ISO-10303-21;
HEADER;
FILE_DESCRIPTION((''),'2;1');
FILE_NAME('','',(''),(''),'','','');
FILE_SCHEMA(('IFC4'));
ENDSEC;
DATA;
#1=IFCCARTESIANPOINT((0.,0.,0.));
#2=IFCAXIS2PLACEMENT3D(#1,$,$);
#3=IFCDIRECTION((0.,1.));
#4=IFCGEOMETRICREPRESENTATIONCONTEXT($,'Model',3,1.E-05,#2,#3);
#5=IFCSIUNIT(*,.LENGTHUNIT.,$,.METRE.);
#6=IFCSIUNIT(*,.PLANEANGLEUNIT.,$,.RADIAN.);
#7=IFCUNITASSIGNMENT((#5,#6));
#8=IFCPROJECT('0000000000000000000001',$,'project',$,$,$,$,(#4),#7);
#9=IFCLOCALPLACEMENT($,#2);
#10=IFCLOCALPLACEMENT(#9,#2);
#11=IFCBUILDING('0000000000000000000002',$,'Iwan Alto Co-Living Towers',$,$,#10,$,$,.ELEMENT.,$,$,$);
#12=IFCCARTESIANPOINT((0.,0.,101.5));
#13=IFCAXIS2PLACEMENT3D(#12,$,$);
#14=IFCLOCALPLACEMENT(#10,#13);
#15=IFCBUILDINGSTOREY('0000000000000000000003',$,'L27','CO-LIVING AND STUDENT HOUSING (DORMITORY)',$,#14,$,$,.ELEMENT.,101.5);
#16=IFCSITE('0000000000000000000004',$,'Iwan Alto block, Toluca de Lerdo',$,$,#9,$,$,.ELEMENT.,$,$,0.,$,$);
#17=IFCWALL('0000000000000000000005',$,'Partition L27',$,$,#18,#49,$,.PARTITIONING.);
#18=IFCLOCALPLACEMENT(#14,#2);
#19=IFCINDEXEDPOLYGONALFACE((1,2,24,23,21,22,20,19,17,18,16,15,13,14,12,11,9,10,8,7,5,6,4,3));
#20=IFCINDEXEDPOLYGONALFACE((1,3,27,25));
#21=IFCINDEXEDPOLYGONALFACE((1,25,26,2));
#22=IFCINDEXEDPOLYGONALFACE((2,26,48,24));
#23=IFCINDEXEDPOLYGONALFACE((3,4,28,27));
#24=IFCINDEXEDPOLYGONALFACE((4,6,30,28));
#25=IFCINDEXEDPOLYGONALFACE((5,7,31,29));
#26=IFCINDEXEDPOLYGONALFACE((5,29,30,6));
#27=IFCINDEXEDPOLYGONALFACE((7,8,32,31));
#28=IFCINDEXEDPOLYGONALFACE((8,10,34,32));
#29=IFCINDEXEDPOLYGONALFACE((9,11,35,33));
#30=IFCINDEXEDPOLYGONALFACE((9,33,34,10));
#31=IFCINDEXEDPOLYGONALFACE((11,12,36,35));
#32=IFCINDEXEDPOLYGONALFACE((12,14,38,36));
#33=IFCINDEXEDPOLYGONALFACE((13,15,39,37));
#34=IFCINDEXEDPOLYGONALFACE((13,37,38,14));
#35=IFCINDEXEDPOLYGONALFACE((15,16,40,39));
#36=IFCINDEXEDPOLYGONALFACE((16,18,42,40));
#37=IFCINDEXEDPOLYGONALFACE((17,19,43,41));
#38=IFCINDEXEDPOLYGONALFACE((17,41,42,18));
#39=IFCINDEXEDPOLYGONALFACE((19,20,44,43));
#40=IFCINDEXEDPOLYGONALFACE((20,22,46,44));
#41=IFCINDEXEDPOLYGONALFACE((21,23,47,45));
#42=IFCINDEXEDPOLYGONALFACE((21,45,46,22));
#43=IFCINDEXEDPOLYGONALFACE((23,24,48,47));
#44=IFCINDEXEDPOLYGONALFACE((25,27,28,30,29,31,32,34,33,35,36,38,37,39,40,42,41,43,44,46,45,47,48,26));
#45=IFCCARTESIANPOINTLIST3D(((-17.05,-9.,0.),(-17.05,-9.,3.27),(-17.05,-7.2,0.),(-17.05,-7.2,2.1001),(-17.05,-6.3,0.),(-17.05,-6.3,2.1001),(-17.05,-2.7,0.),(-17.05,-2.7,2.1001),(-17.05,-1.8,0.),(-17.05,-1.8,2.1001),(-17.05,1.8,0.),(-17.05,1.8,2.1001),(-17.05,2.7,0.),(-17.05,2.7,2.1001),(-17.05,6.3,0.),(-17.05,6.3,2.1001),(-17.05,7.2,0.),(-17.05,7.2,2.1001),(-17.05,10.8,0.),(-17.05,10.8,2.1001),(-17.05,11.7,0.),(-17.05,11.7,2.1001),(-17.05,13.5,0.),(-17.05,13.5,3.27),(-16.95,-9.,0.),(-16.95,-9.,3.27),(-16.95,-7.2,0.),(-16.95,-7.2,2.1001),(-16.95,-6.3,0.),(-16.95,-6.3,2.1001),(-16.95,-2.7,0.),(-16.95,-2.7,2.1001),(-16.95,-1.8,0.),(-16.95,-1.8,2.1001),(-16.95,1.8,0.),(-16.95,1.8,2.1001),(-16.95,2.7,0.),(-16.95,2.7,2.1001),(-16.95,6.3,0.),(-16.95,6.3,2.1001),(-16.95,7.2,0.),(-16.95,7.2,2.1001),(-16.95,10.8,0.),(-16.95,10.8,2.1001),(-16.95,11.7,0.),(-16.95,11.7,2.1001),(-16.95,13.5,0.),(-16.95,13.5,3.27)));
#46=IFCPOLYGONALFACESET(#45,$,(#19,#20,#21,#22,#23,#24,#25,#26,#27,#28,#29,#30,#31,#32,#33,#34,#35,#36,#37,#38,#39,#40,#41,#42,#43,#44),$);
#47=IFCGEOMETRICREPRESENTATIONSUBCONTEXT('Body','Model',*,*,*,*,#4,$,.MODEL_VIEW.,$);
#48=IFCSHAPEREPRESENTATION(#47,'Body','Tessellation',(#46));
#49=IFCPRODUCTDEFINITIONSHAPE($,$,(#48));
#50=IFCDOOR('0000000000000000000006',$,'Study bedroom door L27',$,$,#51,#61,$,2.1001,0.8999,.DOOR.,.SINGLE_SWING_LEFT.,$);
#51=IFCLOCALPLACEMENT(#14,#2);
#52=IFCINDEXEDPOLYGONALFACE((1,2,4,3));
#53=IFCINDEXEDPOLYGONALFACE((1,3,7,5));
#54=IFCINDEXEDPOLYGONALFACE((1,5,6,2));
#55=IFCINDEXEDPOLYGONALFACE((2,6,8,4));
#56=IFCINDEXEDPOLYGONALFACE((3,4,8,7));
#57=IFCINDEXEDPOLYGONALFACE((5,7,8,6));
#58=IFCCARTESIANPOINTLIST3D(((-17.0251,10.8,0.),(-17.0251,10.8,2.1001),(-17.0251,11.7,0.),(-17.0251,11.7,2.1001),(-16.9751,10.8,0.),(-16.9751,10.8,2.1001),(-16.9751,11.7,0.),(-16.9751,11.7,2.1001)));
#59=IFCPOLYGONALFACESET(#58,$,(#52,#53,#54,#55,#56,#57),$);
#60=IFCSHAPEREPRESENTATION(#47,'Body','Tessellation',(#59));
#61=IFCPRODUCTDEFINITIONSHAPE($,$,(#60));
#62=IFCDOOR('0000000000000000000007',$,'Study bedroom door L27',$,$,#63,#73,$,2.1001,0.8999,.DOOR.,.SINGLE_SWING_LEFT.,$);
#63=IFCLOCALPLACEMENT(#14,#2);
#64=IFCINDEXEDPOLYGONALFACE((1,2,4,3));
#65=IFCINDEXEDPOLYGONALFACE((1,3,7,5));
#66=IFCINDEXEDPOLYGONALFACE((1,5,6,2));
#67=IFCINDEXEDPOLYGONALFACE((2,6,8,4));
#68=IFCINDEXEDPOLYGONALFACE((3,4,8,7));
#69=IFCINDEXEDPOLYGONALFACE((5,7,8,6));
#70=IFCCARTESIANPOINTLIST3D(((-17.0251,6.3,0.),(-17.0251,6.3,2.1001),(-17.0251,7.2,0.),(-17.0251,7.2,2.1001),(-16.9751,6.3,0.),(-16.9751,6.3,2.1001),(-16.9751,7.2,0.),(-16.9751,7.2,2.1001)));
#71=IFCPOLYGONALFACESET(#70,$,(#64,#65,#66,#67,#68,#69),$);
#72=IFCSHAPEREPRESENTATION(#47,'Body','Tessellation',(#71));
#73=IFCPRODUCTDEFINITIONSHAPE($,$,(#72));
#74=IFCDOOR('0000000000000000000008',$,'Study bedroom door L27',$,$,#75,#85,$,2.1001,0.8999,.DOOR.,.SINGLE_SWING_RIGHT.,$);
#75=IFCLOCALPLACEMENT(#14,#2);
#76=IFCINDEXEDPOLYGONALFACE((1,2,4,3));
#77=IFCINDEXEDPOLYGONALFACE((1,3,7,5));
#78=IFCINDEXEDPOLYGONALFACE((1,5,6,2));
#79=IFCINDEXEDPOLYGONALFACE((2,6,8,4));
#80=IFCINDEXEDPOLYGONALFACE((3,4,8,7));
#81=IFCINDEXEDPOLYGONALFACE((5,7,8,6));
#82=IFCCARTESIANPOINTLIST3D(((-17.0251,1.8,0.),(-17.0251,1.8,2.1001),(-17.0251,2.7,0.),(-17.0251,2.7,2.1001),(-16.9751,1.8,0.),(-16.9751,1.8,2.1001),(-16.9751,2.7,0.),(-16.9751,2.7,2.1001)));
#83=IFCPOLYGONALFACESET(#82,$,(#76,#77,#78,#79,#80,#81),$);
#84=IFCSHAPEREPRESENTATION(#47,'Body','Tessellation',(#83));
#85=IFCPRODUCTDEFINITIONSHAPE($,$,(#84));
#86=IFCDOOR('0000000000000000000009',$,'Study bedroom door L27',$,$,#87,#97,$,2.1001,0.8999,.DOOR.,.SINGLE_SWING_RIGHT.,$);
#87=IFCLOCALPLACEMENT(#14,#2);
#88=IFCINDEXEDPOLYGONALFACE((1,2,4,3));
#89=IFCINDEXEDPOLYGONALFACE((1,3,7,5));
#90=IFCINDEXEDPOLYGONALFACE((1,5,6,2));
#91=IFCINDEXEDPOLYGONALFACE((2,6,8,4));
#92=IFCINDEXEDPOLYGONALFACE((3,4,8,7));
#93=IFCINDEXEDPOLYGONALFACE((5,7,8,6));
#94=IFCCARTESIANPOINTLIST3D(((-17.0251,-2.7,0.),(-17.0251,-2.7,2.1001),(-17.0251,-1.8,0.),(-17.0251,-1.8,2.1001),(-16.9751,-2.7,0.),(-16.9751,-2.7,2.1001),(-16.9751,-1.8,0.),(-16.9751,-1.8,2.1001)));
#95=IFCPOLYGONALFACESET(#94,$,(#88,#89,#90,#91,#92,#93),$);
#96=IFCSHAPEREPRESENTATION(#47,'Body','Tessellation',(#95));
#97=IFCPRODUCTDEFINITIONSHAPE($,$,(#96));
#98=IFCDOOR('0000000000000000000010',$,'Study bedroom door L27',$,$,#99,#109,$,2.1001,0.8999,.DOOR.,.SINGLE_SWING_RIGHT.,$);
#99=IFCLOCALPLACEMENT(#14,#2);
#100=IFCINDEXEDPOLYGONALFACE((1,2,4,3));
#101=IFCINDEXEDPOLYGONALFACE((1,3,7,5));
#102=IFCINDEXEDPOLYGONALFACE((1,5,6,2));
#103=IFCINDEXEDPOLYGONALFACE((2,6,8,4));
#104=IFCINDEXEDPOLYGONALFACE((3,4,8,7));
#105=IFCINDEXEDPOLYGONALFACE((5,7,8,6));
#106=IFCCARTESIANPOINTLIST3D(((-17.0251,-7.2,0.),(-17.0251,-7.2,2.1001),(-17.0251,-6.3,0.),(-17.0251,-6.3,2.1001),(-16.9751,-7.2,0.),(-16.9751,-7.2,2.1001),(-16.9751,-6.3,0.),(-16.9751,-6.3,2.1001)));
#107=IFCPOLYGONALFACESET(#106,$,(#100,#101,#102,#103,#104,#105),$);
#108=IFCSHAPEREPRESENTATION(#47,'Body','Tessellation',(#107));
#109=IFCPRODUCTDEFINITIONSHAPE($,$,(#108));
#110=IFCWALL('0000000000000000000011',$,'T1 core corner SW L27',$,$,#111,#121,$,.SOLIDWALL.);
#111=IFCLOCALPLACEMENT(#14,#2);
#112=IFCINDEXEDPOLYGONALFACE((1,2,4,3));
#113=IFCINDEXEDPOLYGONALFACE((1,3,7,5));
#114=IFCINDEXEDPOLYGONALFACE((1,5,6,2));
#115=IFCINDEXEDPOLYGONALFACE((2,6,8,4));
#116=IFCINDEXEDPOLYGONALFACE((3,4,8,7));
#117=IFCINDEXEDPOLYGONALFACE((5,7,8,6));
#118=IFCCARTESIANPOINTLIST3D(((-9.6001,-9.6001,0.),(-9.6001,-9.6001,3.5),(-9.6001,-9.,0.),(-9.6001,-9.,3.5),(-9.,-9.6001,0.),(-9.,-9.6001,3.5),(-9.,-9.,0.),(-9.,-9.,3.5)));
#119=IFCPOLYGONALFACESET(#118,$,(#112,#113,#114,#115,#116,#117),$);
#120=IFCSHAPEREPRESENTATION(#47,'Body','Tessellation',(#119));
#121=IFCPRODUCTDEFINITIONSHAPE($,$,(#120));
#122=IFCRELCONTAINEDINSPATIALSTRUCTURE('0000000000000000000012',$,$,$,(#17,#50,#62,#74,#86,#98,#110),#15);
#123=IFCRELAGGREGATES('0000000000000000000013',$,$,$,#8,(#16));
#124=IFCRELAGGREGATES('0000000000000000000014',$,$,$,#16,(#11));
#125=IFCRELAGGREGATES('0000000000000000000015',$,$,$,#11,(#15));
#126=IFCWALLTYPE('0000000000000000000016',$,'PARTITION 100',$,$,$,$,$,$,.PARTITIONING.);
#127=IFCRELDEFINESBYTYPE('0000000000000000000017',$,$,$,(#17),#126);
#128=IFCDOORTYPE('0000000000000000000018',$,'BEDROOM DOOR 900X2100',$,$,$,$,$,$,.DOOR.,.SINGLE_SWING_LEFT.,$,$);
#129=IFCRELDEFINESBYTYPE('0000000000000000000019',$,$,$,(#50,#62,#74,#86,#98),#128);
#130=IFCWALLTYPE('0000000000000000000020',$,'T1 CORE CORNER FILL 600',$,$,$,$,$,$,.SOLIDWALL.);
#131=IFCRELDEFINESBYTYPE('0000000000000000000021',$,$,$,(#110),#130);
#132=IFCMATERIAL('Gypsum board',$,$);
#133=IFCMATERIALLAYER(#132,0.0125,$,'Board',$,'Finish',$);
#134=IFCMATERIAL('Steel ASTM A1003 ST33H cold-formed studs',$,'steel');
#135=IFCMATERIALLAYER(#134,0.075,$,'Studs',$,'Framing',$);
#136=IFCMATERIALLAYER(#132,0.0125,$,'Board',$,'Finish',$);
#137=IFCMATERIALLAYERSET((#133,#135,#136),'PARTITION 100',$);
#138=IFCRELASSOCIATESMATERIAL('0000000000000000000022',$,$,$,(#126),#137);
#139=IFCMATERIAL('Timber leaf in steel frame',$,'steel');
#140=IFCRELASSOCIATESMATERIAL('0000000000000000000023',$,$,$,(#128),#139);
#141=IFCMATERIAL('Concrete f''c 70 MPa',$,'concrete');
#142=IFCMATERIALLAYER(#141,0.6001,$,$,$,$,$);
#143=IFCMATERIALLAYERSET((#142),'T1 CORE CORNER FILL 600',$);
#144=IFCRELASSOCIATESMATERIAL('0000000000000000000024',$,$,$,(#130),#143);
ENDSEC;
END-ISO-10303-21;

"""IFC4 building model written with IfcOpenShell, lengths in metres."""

from ifc_helpers import new_model, si_unit, direction, frame, frame_2d, origin, place, context, subcontext, project, spatial, rectangle, extrude, material, layer, layer_set, type_object, element, fill, save


model = new_model("IFC4")

# Units and contexts
model_context = context("Model", 3, precision=1e-05, world=origin(), true_north=direction((0.0, 1.0)))
body_context = subcontext(model_context, "Body", "Model", "MODEL_VIEW")
ifc_project = project(units=[si_unit("LENGTHUNIT", "METRE"), si_unit("PLANEANGLEUNIT", "RADIAN")], contexts=[model_context])

# Site, building, storey
site_placement = place(None, origin())
site = spatial("IfcSite", under=ifc_project, at=site_placement, Name="Iwan Alto block, Toluca de Lerdo", CompositionType="ELEMENT", RefElevation=0.0)
building_placement = place(site_placement, origin())
building = spatial("IfcBuilding", under=site, at=building_placement, Name="Iwan Alto Co-Living Towers", CompositionType="ELEMENT")
storey_placement = place(building_placement, frame((0.0, 0.0, 101.5)))
storey = spatial("IfcBuildingStorey", under=building, at=storey_placement, Name="L27", Description="CO-LIVING AND STUDENT HOUSING (DORMITORY)", CompositionType="ELEMENT", Elevation=101.5)

# Shared definitions
ifc_material_1 = material(Name="Gypsum board")
ifc_material_2 = material(Name="Steel ASTM A1003 ST33H cold-formed studs", Category="steel")

# Wall, openings, doors
ifc_layer_1 = layer(ifc_material_1, 0.0125, Name="Board", Category="Finish")
ifc_layer_2 = layer(ifc_material_2, 0.075, Name="Studs", Category="Framing")
ifc_layer_3 = layer(ifc_material_1, 0.0125, Name="Board", Category="Finish")
ifc_layer_set_1 = layer_set([ifc_layer_1, ifc_layer_2, ifc_layer_3], Name="PARTITION 100")
wall_type_1 = type_object("IfcWallType", Name="PARTITION 100", PredefinedType="PARTITIONING", material=ifc_layer_set_1)
wall_1_placement = place(storey_placement, frame((-17.0, -9.0, 0.0), z_axis=(0.0, 0.0, 1.0), x_axis=(0.0, 1.0, 0.0)))
wall_1 = element("IfcWall", 1, at=wall_1_placement, inside=storey, type_object=wall_type_1, Name="Partition L27", PredefinedType="PARTITIONING", context=body_context, shape_type="SweptSolid", body=[
    extrude(rectangle(XDim=22.5, YDim=0.1001, at=frame_2d((11.25, 0.0))), origin(), (0.0, 0.0, 1.0), 3.27),
])
opening_1_placement = place(wall_1_placement, frame((19.8, 0.0, 0.0)))
opening_1 = element("IfcOpeningElement", 2, at=opening_1_placement, cuts=wall_1, PredefinedType="OPENING", context=body_context, shape_type="SweptSolid", body=[
    extrude(rectangle(XDim=0.8999, YDim=2.1001, at=frame_2d((0.45, 1.05))), frame((0.0, 0.0601, 0.0), z_axis=(0.0, -1.0, 0.0), x_axis=(1.0, 0.0, 0.0)), (0.0, 0.0, 1.0), 0.1201),
])
opening_2_placement = place(wall_1_placement, frame((15.3, 0.0, 0.0)))
opening_2 = element("IfcOpeningElement", 3, at=opening_2_placement, cuts=wall_1, PredefinedType="OPENING", context=body_context, shape_type="SweptSolid", body=[
    extrude(rectangle(XDim=0.8999, YDim=2.1001, at=frame_2d((0.45, 1.05))), frame((0.0, 0.0601, 0.0), z_axis=(0.0, -1.0, 0.0), x_axis=(1.0, 0.0, 0.0)), (0.0, 0.0, 1.0), 0.1201),
])
opening_3_placement = place(wall_1_placement, frame((10.8, 0.0, 0.0)))
opening_3 = element("IfcOpeningElement", 4, at=opening_3_placement, cuts=wall_1, PredefinedType="OPENING", context=body_context, shape_type="SweptSolid", body=[
    extrude(rectangle(XDim=0.8999, YDim=2.1001, at=frame_2d((0.45, 1.05))), frame((0.0, 0.0601, 0.0), z_axis=(0.0, -1.0, 0.0), x_axis=(1.0, 0.0, 0.0)), (0.0, 0.0, 1.0), 0.1201),
])
opening_4_placement = place(wall_1_placement, frame((6.3, 0.0, 0.0)))
opening_4 = element("IfcOpeningElement", 5, at=opening_4_placement, cuts=wall_1, PredefinedType="OPENING", context=body_context, shape_type="SweptSolid", body=[
    extrude(rectangle(XDim=0.8999, YDim=2.1001, at=frame_2d((0.45, 1.05))), frame((0.0, 0.0601, 0.0), z_axis=(0.0, -1.0, 0.0), x_axis=(1.0, 0.0, 0.0)), (0.0, 0.0, 1.0), 0.1201),
])
opening_5_placement = place(wall_1_placement, frame((1.8, 0.0, 0.0)))
opening_5 = element("IfcOpeningElement", 6, at=opening_5_placement, cuts=wall_1, PredefinedType="OPENING", context=body_context, shape_type="SweptSolid", body=[
    extrude(rectangle(XDim=0.8999, YDim=2.1001, at=frame_2d((0.45, 1.05))), frame((0.0, 0.0601, 0.0), z_axis=(0.0, -1.0, 0.0), x_axis=(1.0, 0.0, 0.0)), (0.0, 0.0, 1.0), 0.1201),
])
ifc_material_3 = material(Name="Timber leaf in steel frame", Category="steel")
door_type_1 = type_object("IfcDoorType", Name="BEDROOM DOOR 900X2100", OperationType="SINGLE_SWING_LEFT", PredefinedType="DOOR", material=ifc_material_3)
door_1_placement = place(opening_1_placement, frame((0.8999, 0.0, 0.0), z_axis=(0.0, 0.0, 1.0), x_axis=(-1.0, 0.0, 0.0)))
door_1 = element("IfcDoor", 7, at=door_1_placement, inside=storey, type_object=door_type_1, Name="Study bedroom door L27", OperationType="SINGLE_SWING_LEFT", OverallHeight=2.1001, OverallWidth=0.8999, PredefinedType="DOOR", context=body_context, shape_type="SweptSolid", body=[
    extrude(rectangle(XDim=0.8999, YDim=2.1001, at=frame_2d((0.45, 1.05))), frame((0.0, 0.0249, 0.0), z_axis=(0.0, -1.0, 0.0), x_axis=(1.0, 0.0, 0.0)), (0.0, 0.0, 1.0), 0.05),
])
fill(opening_1, door_1)
door_2_placement = place(opening_2_placement, frame((0.8999, 0.0, 0.0), z_axis=(0.0, 0.0, 1.0), x_axis=(-1.0, 0.0, 0.0)))
door_2 = element("IfcDoor", 8, at=door_2_placement, inside=storey, type_object=door_type_1, Name="Study bedroom door L27", OperationType="SINGLE_SWING_LEFT", OverallHeight=2.1001, OverallWidth=0.8999, PredefinedType="DOOR", context=body_context, shape_type="SweptSolid", body=[
    extrude(rectangle(XDim=0.8999, YDim=2.1001, at=frame_2d((0.45, 1.05))), frame((0.0, 0.0249, 0.0), z_axis=(0.0, -1.0, 0.0), x_axis=(1.0, 0.0, 0.0)), (0.0, 0.0, 1.0), 0.05),
])
fill(opening_2, door_2)
door_3_placement = place(opening_3_placement, frame((0.8999, 0.0, 0.0), z_axis=(0.0, 0.0, 1.0), x_axis=(-1.0, 0.0, 0.0)))
door_3 = element("IfcDoor", 9, at=door_3_placement, inside=storey, type_object=door_type_1, Name="Study bedroom door L27", OperationType="SINGLE_SWING_RIGHT", OverallHeight=2.1001, OverallWidth=0.8999, PredefinedType="DOOR", context=body_context, shape_type="SweptSolid", body=[
    extrude(rectangle(XDim=0.8999, YDim=2.1001, at=frame_2d((0.45, 1.05))), frame((0.0, 0.0249, 0.0), z_axis=(0.0, -1.0, 0.0), x_axis=(1.0, 0.0, 0.0)), (0.0, 0.0, 1.0), 0.05),
])
fill(opening_3, door_3)
door_4_placement = place(opening_4_placement, frame((0.8999, 0.0, 0.0), z_axis=(0.0, 0.0, 1.0), x_axis=(-1.0, 0.0, 0.0)))
door_4 = element("IfcDoor", 10, at=door_4_placement, inside=storey, type_object=door_type_1, Name="Study bedroom door L27", OperationType="SINGLE_SWING_RIGHT", OverallHeight=2.1001, OverallWidth=0.8999, PredefinedType="DOOR", context=body_context, shape_type="SweptSolid", body=[
    extrude(rectangle(XDim=0.8999, YDim=2.1001, at=frame_2d((0.45, 1.05))), frame((0.0, 0.0249, 0.0), z_axis=(0.0, -1.0, 0.0), x_axis=(1.0, 0.0, 0.0)), (0.0, 0.0, 1.0), 0.05),
])
fill(opening_4, door_4)
door_5_placement = place(opening_5_placement, frame((0.8999, 0.0, 0.0), z_axis=(0.0, 0.0, 1.0), x_axis=(-1.0, 0.0, 0.0)))
door_5 = element("IfcDoor", 11, at=door_5_placement, inside=storey, type_object=door_type_1, Name="Study bedroom door L27", OperationType="SINGLE_SWING_RIGHT", OverallHeight=2.1001, OverallWidth=0.8999, PredefinedType="DOOR", context=body_context, shape_type="SweptSolid", body=[
    extrude(rectangle(XDim=0.8999, YDim=2.1001, at=frame_2d((0.45, 1.05))), frame((0.0, 0.0249, 0.0), z_axis=(0.0, -1.0, 0.0), x_axis=(1.0, 0.0, 0.0)), (0.0, 0.0, 1.0), 0.05),
])
fill(opening_5, door_5)

# Wall
ifc_material_4 = material(Name="Concrete f'c 70 MPa", Category="concrete")
ifc_layer_4 = layer(ifc_material_4, 0.6001)
ifc_layer_set_2 = layer_set([ifc_layer_4], Name="T1 CORE CORNER FILL 600")
wall_type_2 = type_object("IfcWallType", Name="T1 CORE CORNER FILL 600", PredefinedType="SOLIDWALL", material=ifc_layer_set_2)
wall_2_placement = place(storey_placement, frame((-9.6001, -9.3, 0.0), z_axis=(0.0, 0.0, 1.0), x_axis=(1.0, 0.0, 0.0)))
element("IfcWall", 12, at=wall_2_placement, inside=storey, type_object=wall_type_2, Name="T1 core corner SW L27", PredefinedType="SOLIDWALL", context=body_context, shape_type="SweptSolid", body=[
    extrude(rectangle(XDim=0.6001, YDim=0.6001, at=frame_2d((0.3, 0.0))), origin(), (0.0, 0.0, 1.0), 3.5),
])

save(model, "model.ifc")
